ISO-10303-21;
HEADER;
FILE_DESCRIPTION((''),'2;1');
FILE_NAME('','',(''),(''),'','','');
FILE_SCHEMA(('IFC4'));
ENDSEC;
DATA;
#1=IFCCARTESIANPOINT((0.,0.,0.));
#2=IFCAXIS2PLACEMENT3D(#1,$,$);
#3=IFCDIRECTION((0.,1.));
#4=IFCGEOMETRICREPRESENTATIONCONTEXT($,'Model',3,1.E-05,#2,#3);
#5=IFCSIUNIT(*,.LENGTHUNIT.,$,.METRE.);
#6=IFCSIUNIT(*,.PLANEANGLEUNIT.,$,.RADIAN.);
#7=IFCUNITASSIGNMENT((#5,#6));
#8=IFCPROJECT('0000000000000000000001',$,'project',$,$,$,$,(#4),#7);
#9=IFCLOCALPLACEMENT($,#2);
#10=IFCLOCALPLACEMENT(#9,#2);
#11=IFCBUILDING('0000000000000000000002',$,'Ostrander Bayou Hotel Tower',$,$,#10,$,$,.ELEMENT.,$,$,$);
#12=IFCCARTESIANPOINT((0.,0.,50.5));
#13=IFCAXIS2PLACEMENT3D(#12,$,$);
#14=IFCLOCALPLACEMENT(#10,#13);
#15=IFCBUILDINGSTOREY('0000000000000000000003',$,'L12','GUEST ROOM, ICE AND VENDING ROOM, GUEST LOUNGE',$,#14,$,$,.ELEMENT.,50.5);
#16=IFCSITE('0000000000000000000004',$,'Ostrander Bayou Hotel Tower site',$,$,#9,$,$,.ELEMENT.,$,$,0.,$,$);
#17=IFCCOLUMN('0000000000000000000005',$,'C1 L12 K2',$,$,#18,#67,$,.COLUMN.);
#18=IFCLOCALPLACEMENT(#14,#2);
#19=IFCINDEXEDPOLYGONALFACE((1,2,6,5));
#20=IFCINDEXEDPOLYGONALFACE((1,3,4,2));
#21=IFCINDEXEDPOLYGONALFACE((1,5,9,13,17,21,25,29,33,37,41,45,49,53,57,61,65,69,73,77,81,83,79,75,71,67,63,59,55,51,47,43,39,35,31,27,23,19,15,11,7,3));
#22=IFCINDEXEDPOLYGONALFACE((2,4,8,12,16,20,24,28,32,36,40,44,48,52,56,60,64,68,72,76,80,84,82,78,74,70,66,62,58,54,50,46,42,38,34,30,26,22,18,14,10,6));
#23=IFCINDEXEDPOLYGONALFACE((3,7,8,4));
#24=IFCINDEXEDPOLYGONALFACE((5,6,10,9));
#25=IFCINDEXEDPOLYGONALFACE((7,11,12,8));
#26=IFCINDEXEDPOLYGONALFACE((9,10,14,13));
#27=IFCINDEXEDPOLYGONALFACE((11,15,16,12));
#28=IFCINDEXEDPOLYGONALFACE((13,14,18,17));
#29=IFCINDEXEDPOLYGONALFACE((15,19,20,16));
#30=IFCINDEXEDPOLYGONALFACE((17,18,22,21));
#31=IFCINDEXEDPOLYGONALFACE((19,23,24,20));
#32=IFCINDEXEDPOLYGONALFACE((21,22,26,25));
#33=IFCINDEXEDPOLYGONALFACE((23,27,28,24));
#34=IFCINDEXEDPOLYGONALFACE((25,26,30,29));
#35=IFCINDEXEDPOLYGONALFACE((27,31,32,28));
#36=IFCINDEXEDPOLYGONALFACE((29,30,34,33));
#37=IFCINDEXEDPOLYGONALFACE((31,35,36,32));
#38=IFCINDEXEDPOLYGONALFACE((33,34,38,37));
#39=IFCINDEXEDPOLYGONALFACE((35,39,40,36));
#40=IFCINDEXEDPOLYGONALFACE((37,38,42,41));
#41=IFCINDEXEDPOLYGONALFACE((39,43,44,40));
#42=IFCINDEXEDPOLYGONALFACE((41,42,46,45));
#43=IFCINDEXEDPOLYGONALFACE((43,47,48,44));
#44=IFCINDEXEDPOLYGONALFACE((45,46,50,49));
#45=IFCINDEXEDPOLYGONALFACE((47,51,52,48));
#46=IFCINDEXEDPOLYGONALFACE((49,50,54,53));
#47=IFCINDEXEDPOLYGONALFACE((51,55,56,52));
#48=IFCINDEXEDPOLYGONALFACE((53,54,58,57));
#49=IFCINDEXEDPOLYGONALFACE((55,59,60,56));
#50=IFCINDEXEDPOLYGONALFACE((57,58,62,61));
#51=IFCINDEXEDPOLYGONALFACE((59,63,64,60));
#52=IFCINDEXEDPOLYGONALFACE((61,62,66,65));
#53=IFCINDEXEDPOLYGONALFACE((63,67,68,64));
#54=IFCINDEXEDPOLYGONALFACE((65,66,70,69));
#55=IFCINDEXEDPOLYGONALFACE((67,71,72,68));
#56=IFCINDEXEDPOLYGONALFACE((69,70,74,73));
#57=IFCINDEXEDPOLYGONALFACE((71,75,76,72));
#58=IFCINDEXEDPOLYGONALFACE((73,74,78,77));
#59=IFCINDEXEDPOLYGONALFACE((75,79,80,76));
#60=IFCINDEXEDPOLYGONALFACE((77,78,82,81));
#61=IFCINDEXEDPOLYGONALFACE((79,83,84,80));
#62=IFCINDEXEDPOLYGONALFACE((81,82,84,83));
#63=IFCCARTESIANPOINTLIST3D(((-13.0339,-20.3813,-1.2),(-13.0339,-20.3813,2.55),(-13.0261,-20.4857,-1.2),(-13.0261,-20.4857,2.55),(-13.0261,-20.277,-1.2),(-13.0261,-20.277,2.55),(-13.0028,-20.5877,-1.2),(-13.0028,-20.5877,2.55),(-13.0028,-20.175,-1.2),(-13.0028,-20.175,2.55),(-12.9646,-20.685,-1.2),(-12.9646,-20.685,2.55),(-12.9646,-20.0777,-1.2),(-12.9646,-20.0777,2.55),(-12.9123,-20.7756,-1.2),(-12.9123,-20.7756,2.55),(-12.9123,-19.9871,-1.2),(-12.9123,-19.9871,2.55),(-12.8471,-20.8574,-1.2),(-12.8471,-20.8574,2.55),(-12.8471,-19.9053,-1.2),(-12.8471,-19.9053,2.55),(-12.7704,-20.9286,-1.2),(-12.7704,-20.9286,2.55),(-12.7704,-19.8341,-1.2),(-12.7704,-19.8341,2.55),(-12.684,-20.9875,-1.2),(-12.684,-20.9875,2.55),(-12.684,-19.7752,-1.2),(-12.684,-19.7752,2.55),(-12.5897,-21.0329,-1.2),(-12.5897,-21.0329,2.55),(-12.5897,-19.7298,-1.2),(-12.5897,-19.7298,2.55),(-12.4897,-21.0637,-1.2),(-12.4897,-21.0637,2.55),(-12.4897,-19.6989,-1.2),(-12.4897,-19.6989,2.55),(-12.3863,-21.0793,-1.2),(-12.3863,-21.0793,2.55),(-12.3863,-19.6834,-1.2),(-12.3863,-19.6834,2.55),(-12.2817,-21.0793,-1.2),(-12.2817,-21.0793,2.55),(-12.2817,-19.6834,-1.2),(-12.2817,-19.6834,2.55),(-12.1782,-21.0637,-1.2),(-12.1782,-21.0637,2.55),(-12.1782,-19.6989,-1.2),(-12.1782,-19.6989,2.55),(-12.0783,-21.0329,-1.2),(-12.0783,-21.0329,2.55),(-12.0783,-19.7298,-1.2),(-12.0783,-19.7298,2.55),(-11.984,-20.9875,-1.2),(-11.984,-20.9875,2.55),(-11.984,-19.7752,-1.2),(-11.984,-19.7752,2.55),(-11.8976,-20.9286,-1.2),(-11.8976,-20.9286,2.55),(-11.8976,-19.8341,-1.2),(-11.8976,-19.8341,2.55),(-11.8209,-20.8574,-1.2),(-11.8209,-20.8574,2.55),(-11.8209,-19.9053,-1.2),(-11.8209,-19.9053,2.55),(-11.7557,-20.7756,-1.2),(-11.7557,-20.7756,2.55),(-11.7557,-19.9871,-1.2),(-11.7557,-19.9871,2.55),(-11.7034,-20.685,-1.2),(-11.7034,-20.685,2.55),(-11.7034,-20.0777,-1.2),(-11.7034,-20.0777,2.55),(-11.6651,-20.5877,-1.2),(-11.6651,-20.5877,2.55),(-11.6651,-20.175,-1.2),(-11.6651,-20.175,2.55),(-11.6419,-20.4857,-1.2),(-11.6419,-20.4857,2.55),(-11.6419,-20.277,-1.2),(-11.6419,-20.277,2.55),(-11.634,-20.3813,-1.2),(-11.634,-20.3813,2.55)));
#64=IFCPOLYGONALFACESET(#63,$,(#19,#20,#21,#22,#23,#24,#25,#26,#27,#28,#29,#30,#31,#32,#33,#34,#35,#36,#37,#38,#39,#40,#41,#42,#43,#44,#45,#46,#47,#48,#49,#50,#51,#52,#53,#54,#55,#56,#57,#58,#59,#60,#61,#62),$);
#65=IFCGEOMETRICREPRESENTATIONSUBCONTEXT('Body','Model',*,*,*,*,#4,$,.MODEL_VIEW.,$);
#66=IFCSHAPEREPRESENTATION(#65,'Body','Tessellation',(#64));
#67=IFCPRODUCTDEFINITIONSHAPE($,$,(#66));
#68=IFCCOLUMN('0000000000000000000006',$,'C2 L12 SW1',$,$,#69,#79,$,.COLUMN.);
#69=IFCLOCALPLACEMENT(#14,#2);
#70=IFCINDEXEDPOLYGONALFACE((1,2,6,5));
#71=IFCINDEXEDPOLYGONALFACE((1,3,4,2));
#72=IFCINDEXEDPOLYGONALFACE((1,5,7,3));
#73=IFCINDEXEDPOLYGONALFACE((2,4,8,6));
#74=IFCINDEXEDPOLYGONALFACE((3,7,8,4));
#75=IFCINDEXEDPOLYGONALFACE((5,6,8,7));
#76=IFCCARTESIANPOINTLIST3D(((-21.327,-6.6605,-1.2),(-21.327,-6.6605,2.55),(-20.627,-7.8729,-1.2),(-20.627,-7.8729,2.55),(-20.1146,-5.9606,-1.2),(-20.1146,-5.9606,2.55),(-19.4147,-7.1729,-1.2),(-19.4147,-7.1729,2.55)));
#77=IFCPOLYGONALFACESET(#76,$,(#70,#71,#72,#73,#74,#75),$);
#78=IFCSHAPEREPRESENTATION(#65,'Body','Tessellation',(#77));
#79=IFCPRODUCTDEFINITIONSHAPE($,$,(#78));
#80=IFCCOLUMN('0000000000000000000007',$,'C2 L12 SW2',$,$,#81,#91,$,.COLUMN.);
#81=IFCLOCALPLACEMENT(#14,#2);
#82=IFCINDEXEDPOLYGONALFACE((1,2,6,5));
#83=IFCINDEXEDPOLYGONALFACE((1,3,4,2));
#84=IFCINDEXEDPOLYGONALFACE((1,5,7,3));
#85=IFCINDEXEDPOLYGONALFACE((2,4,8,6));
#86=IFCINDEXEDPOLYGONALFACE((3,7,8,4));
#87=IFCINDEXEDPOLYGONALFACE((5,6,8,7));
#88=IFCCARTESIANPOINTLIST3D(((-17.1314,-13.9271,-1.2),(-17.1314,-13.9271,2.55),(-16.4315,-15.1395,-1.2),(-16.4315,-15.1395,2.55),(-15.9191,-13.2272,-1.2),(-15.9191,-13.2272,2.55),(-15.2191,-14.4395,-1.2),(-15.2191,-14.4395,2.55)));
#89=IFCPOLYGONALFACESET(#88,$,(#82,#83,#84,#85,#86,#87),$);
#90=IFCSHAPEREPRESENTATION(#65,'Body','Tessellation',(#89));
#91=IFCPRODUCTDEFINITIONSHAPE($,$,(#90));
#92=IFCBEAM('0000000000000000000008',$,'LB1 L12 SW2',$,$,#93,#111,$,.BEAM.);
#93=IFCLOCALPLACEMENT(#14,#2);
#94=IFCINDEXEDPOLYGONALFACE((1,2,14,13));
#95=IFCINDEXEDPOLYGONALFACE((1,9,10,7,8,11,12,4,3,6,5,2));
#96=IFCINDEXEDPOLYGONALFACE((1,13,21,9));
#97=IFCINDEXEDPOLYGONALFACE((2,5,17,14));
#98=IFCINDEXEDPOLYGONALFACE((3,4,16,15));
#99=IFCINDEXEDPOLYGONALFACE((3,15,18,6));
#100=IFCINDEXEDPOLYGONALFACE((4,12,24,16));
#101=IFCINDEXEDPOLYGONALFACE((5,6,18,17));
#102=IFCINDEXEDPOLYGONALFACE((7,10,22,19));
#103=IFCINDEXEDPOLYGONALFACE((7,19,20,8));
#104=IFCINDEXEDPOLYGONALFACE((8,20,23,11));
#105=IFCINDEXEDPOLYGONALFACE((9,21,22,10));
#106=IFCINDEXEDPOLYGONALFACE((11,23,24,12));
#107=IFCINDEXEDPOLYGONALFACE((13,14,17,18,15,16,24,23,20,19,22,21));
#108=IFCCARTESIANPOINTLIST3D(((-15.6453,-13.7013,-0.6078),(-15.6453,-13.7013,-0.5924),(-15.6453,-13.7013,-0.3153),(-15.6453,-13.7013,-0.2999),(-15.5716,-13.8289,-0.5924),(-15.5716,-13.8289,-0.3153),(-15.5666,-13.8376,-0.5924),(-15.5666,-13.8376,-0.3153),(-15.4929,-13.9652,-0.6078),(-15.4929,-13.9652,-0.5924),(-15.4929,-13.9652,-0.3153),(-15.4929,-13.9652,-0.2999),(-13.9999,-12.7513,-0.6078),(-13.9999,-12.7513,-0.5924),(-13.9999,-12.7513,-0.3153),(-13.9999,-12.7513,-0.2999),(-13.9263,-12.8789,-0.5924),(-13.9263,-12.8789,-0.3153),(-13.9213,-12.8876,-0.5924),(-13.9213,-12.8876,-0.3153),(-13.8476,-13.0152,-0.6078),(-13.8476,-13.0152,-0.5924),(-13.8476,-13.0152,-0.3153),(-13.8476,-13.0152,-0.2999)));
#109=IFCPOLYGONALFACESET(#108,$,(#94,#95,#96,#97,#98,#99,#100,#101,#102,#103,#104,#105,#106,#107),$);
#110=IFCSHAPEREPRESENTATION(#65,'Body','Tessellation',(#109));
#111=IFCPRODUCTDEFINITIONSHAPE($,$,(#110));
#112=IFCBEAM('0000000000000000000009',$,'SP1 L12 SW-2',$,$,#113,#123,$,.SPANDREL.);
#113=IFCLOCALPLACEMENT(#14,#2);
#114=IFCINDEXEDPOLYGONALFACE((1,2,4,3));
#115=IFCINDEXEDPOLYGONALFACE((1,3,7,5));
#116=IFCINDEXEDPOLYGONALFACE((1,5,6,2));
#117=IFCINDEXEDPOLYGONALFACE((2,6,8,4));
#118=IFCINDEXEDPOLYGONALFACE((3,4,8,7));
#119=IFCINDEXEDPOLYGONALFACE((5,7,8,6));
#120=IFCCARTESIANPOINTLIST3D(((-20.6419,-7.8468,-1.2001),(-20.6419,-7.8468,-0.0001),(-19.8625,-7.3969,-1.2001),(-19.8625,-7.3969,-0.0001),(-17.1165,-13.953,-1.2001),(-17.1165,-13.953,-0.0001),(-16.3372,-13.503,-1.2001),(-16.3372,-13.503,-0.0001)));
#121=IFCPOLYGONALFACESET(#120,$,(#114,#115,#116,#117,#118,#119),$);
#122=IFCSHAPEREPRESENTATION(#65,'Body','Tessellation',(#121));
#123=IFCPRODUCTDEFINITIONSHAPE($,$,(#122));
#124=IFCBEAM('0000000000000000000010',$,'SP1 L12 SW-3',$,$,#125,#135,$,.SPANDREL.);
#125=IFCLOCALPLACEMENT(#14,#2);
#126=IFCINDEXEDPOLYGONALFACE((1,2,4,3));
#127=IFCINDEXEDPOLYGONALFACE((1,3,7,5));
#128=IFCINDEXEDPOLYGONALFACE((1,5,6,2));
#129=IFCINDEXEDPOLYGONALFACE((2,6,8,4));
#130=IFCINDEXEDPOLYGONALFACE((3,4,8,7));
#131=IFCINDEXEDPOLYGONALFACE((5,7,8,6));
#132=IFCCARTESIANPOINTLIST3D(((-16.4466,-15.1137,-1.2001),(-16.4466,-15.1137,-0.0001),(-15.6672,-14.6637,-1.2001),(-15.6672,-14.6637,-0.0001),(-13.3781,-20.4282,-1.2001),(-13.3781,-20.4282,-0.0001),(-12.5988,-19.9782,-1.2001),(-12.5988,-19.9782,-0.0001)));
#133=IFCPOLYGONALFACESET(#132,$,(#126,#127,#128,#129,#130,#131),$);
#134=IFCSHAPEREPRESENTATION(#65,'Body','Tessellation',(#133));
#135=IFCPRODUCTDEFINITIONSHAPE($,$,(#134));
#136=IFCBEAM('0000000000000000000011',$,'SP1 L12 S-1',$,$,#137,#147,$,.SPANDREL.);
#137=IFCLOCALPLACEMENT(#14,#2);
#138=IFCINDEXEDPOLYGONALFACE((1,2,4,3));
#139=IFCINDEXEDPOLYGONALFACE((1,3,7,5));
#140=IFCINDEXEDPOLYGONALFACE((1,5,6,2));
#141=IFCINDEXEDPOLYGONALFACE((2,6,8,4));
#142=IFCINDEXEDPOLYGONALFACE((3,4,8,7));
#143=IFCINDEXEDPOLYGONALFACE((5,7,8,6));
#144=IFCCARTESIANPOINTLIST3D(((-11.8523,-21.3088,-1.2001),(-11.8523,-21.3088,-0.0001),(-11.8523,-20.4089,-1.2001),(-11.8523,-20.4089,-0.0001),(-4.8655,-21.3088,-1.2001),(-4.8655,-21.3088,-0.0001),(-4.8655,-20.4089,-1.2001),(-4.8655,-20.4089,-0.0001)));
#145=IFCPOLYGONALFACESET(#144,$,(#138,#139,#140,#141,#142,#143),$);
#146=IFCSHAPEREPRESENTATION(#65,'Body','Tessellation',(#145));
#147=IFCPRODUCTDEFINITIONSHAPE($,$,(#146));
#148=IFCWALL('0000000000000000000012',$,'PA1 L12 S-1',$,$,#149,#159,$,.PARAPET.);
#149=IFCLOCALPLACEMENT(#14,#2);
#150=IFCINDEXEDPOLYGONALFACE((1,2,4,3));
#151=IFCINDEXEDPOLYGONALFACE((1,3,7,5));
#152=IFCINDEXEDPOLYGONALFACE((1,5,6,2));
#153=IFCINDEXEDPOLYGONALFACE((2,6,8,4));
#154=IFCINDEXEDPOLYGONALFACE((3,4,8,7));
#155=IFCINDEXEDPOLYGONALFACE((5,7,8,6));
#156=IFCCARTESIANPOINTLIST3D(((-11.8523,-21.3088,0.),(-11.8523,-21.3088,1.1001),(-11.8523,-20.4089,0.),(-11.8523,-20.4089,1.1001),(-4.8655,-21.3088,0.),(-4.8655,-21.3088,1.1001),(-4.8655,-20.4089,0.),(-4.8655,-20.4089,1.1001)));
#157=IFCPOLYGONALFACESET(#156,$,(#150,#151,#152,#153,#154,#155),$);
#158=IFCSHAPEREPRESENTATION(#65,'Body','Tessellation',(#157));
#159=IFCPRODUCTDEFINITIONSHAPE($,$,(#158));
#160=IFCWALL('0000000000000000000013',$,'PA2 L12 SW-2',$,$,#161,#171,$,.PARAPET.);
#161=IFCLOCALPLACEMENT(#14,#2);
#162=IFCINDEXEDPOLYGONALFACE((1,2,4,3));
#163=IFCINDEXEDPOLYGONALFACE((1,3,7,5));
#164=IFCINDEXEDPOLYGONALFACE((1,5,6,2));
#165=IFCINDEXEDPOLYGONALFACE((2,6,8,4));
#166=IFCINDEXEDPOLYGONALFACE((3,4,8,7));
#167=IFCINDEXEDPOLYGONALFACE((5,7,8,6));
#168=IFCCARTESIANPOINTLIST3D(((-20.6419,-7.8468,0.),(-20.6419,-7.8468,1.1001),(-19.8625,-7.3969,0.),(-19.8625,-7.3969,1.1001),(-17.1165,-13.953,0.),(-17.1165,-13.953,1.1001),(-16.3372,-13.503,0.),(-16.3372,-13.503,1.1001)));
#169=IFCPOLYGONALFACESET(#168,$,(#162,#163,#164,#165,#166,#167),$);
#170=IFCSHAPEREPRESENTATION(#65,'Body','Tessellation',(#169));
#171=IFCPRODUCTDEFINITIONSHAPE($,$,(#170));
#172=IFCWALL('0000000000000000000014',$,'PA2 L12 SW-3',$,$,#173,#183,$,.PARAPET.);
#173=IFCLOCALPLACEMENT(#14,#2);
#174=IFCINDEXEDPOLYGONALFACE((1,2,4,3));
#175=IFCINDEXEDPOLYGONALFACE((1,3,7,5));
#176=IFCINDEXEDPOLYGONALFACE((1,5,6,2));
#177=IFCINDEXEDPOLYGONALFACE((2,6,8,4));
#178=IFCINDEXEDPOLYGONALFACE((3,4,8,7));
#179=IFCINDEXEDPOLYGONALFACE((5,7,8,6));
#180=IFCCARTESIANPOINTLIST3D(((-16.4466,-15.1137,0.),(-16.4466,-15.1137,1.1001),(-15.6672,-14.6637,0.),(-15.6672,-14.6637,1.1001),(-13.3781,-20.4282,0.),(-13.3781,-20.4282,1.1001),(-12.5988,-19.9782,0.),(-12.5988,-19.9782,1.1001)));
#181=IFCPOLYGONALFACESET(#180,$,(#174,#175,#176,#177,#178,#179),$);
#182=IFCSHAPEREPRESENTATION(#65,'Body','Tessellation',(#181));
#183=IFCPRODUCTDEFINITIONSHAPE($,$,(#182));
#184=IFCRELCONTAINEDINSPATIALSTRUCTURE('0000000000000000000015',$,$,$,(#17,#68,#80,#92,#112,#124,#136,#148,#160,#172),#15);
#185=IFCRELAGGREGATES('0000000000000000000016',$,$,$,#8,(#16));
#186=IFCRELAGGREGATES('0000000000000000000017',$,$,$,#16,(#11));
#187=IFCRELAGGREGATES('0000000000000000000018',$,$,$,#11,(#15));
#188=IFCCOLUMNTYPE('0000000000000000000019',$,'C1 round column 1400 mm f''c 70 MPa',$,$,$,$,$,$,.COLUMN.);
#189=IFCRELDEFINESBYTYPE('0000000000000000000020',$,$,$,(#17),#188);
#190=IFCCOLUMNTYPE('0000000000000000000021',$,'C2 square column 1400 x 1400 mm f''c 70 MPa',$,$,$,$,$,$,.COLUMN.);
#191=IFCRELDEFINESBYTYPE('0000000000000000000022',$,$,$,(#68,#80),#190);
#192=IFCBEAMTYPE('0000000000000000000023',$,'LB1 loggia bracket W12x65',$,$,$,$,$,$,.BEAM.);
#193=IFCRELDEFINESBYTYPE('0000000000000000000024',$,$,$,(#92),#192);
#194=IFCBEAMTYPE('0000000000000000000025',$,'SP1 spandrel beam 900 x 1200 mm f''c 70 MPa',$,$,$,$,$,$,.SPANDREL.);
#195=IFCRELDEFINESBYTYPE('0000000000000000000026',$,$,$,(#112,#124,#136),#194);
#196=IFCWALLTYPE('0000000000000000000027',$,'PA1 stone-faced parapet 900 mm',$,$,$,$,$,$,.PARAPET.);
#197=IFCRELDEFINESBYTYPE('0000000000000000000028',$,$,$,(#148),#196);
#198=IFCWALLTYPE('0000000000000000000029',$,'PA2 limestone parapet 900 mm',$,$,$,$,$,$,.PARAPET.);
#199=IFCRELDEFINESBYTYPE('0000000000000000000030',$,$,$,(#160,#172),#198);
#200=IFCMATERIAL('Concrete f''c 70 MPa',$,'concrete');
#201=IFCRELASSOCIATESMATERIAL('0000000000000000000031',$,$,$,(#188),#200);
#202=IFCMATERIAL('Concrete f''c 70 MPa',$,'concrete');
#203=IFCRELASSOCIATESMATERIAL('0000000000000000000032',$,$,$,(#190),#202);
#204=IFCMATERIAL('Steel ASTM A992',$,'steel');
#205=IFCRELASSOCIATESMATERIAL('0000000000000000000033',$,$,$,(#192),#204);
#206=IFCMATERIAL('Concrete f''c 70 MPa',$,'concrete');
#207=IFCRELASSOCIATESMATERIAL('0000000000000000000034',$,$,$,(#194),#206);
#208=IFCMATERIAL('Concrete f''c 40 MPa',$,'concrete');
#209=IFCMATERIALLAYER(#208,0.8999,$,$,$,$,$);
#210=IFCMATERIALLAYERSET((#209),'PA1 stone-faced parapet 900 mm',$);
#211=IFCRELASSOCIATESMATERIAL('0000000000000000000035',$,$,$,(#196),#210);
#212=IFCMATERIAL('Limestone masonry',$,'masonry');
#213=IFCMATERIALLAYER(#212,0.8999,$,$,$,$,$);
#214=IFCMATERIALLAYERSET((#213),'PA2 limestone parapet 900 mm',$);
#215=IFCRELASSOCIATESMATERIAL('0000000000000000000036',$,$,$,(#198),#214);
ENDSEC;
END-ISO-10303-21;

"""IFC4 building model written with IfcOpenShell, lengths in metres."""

from ifc_helpers import new_model, si_unit, direction, frame, frame_2d, origin, origin_2d, place, context, subcontext, project, spatial, rectangle, circle, i_section, extrude, material, layer, layer_set, material_profile, profile_set, type_object, element, save


model = new_model("IFC4")

# Units and contexts
model_context = context("Model", 3, precision=1e-05, world=origin(), true_north=direction((0.0, 1.0)))
body_context = subcontext(model_context, "Body", "Model", "MODEL_VIEW")
ifc_project = project(units=[si_unit("LENGTHUNIT", "METRE"), si_unit("PLANEANGLEUNIT", "RADIAN")], contexts=[model_context])

# Site, building, storey
site_placement = place(None, origin())
site = spatial("IfcSite", under=ifc_project, at=site_placement, Name="Ostrander Bayou Hotel Tower site", CompositionType="ELEMENT", RefElevation=0.0)
building_placement = place(site_placement, origin())
building = spatial("IfcBuilding", under=site, at=building_placement, Name="Ostrander Bayou Hotel Tower", CompositionType="ELEMENT")
storey_placement = place(building_placement, frame((0.0, 0.0, 50.5)))
storey = spatial("IfcBuildingStorey", under=building, at=storey_placement, Name="L12", Description="GUEST ROOM, ICE AND VENDING ROOM, GUEST LOUNGE", CompositionType="ELEMENT", Elevation=50.5)

# Columns
ifc_material_1 = material(Name="Concrete f'c 70 MPa", Category="concrete")
ifc_material_profile_1 = material_profile(ifc_material_1, circle(Radius=0.7, at=origin_2d()))
ifc_profile_set_1 = profile_set([ifc_material_profile_1], Name="Concrete f'c 70 MPa")
column_type_1 = type_object("IfcColumnType", Name="C1 round column 1400 mm f'c 70 MPa", PredefinedType="COLUMN", material=ifc_profile_set_1)
column_placement = place(storey_placement, frame((-12.334, -20.3813, -1.2), z_axis=(0.0, 0.0, 1.0), x_axis=(1.0, 0.0, 0.0)))
element("IfcColumn", 1, at=column_placement, inside=storey, type_object=column_type_1, Name="C1 L12 K2", PredefinedType="COLUMN", context=body_context, shape_type="SweptSolid", body=[
    extrude(circle(Radius=0.7, at=origin_2d()), origin(), (0.0, 0.0, 1.0), 3.75),
])
ifc_material_2 = material(Name="Concrete f'c 70 MPa", Category="concrete")
ifc_material_profile_2 = material_profile(ifc_material_2, rectangle(XDim=1.3999, YDim=1.3999, at=origin_2d()))
ifc_profile_set_2 = profile_set([ifc_material_profile_2], Name="Concrete f'c 70 MPa")
column_type_2 = type_object("IfcColumnType", Name="C2 square column 1400 x 1400 mm f'c 70 MPa", PredefinedType="COLUMN", material=ifc_profile_set_2)
for number, where, z_axis, x_axis, name in (
    (2, (-20.3708, -6.9167, -1.2), (0.0, 0.0, 1.0), (-0.5, 0.866025, 0.0), "C2 L12 SW1"),
    (3, (-16.1753, -14.1833, -1.2), (0.0, 0.0, 1.0), (-0.5, 0.866025, 0.0), "C2 L12 SW2"),
):
    element("IfcColumn", number, at=place(storey_placement, frame(where, z_axis=z_axis, x_axis=x_axis)), inside=storey, type_object=column_type_2, Name=name, PredefinedType="COLUMN", context=body_context, shape_type="SweptSolid", body=[
        extrude(rectangle(XDim=1.3999, YDim=1.3999, at=origin_2d()), origin(), (0.0, 0.0, 1.0), 3.75),
    ])

# Beams
ifc_material_3 = material(Name="Steel ASTM A992", Category="steel")
ifc_material_profile_3 = material_profile(ifc_material_3, i_section(OverallWidth=0.3047, OverallDepth=0.3079, WebThickness=0.01, FlangeThickness=0.0154, at=origin_2d()))
ifc_profile_set_3 = profile_set([ifc_material_profile_3], Name="Steel ASTM A992")
beam_type_1 = type_object("IfcBeamType", Name="LB1 loggia bracket W12x65", PredefinedType="BEAM", material=ifc_profile_set_3)
beam_1_placement = place(storey_placement, frame((-15.5691, -13.8333, -0.4539), z_axis=(0.866012, 0.500023, 0.0), x_axis=(-0.500023, 0.866012, 0.0)))
element("IfcBeam", 4, at=beam_1_placement, inside=storey, type_object=beam_type_1, Name="LB1 L12 SW2", PredefinedType="BEAM", context=body_context, shape_type="SweptSolid", body=[
    extrude(i_section(OverallWidth=0.3047, OverallDepth=0.3079, WebThickness=0.01, FlangeThickness=0.0154, at=origin_2d()), origin(), (0.0, 0.0, 1.0), 1.8999),
])
ifc_material_4 = material(Name="Concrete f'c 70 MPa", Category="concrete")
ifc_material_profile_4 = material_profile(ifc_material_4, rectangle(XDim=0.8999, YDim=1.2, at=origin_2d()))
ifc_profile_set_4 = profile_set([ifc_material_profile_4], Name="Concrete f'c 70 MPa")
beam_type_2 = type_object("IfcBeamType", Name="SP1 spandrel beam 900 x 1200 mm f'c 70 MPa", PredefinedType="SPANDREL", material=ifc_profile_set_4)
beam_2_placement = place(storey_placement, frame((-20.2522, -7.6218, -0.6001), z_axis=(0.499997, -0.866027, 0.0), x_axis=(0.866027, 0.499997, 0.0)))
element("IfcBeam", 5, at=beam_2_placement, inside=storey, type_object=beam_type_2, Name="SP1 L12 SW-2", PredefinedType="SPANDREL", context=body_context, shape_type="SweptSolid", body=[
    extrude(rectangle(XDim=0.8999, YDim=1.2, at=origin_2d()), origin(), (0.0, 0.0, 1.0), 7.0508),
])
beam_3_placement = place(storey_placement, frame((-16.0569, -14.8887, -0.6001), z_axis=(0.500007, -0.866021, 0.0), x_axis=(0.866021, 0.500007, 0.0)))
element("IfcBeam", 6, at=beam_3_placement, inside=storey, type_object=beam_type_2, Name="SP1 L12 SW-3", PredefinedType="SPANDREL", context=body_context, shape_type="SweptSolid", body=[
    extrude(rectangle(XDim=0.8999, YDim=1.2, at=origin_2d()), origin(), (0.0, 0.0, 1.0), 6.1367),
])
beam_4_placement = place(storey_placement, frame((-11.8523, -20.8589, -0.6001), z_axis=(1.0, 0.0, 0.0), x_axis=(0.0, 1.0, 0.0)))
element("IfcBeam", 7, at=beam_4_placement, inside=storey, type_object=beam_type_2, Name="SP1 L12 S-1", PredefinedType="SPANDREL", context=body_context, shape_type="SweptSolid", body=[
    extrude(rectangle(XDim=0.8999, YDim=1.2, at=origin_2d()), origin(), (0.0, 0.0, 1.0), 6.9868),
])

# Walls
ifc_material_5 = material(Name="Concrete f'c 40 MPa", Category="concrete")
ifc_layer_1 = layer(ifc_material_5, 0.8999)
ifc_layer_set_1 = layer_set([ifc_layer_1], Name="PA1 stone-faced parapet 900 mm")
wall_type_1 = type_object("IfcWallType", Name="PA1 stone-faced parapet 900 mm", PredefinedType="PARAPET", material=ifc_layer_set_1)
wall_1_placement = place(storey_placement, frame((-11.8523, -20.8589, 0.0), z_axis=(0.0, 0.0, 1.0), x_axis=(1.0, 0.0, 0.0)))
element("IfcWall", 8, at=wall_1_placement, inside=storey, type_object=wall_type_1, Name="PA1 L12 S-1", PredefinedType="PARAPET", context=body_context, shape_type="SweptSolid", body=[
    extrude(rectangle(XDim=6.9868, YDim=0.8999, at=frame_2d((3.4934, 0.0))), origin(), (0.0, 0.0, 1.0), 1.1001),
])
ifc_material_6 = material(Name="Limestone masonry", Category="masonry")
ifc_layer_2 = layer(ifc_material_6, 0.8999)
ifc_layer_set_2 = layer_set([ifc_layer_2], Name="PA2 limestone parapet 900 mm")
wall_type_2 = type_object("IfcWallType", Name="PA2 limestone parapet 900 mm", PredefinedType="PARAPET", material=ifc_layer_set_2)
wall_2_placement = place(storey_placement, frame((-20.2522, -7.6218, 0.0), z_axis=(0.0, 0.0, 1.0), x_axis=(0.499997, -0.866027, 0.0)))
element("IfcWall", 9, at=wall_2_placement, inside=storey, type_object=wall_type_2, Name="PA2 L12 SW-2", PredefinedType="PARAPET", context=body_context, shape_type="SweptSolid", body=[
    extrude(rectangle(XDim=7.0508, YDim=0.8999, at=frame_2d((3.5254, 0.0))), origin(), (0.0, 0.0, 1.0), 1.1001),
])
wall_3_placement = place(storey_placement, frame((-16.0569, -14.8887, 0.0), z_axis=(0.0, 0.0, 1.0), x_axis=(0.500007, -0.866021, 0.0)))
element("IfcWall", 10, at=wall_3_placement, inside=storey, type_object=wall_type_2, Name="PA2 L12 SW-3", PredefinedType="PARAPET", context=body_context, shape_type="SweptSolid", body=[
    extrude(rectangle(XDim=6.1367, YDim=0.8999, at=frame_2d((3.0684, 0.0))), origin(), (0.0, 0.0, 1.0), 1.1001),
])

save(model, "model.ifc")
